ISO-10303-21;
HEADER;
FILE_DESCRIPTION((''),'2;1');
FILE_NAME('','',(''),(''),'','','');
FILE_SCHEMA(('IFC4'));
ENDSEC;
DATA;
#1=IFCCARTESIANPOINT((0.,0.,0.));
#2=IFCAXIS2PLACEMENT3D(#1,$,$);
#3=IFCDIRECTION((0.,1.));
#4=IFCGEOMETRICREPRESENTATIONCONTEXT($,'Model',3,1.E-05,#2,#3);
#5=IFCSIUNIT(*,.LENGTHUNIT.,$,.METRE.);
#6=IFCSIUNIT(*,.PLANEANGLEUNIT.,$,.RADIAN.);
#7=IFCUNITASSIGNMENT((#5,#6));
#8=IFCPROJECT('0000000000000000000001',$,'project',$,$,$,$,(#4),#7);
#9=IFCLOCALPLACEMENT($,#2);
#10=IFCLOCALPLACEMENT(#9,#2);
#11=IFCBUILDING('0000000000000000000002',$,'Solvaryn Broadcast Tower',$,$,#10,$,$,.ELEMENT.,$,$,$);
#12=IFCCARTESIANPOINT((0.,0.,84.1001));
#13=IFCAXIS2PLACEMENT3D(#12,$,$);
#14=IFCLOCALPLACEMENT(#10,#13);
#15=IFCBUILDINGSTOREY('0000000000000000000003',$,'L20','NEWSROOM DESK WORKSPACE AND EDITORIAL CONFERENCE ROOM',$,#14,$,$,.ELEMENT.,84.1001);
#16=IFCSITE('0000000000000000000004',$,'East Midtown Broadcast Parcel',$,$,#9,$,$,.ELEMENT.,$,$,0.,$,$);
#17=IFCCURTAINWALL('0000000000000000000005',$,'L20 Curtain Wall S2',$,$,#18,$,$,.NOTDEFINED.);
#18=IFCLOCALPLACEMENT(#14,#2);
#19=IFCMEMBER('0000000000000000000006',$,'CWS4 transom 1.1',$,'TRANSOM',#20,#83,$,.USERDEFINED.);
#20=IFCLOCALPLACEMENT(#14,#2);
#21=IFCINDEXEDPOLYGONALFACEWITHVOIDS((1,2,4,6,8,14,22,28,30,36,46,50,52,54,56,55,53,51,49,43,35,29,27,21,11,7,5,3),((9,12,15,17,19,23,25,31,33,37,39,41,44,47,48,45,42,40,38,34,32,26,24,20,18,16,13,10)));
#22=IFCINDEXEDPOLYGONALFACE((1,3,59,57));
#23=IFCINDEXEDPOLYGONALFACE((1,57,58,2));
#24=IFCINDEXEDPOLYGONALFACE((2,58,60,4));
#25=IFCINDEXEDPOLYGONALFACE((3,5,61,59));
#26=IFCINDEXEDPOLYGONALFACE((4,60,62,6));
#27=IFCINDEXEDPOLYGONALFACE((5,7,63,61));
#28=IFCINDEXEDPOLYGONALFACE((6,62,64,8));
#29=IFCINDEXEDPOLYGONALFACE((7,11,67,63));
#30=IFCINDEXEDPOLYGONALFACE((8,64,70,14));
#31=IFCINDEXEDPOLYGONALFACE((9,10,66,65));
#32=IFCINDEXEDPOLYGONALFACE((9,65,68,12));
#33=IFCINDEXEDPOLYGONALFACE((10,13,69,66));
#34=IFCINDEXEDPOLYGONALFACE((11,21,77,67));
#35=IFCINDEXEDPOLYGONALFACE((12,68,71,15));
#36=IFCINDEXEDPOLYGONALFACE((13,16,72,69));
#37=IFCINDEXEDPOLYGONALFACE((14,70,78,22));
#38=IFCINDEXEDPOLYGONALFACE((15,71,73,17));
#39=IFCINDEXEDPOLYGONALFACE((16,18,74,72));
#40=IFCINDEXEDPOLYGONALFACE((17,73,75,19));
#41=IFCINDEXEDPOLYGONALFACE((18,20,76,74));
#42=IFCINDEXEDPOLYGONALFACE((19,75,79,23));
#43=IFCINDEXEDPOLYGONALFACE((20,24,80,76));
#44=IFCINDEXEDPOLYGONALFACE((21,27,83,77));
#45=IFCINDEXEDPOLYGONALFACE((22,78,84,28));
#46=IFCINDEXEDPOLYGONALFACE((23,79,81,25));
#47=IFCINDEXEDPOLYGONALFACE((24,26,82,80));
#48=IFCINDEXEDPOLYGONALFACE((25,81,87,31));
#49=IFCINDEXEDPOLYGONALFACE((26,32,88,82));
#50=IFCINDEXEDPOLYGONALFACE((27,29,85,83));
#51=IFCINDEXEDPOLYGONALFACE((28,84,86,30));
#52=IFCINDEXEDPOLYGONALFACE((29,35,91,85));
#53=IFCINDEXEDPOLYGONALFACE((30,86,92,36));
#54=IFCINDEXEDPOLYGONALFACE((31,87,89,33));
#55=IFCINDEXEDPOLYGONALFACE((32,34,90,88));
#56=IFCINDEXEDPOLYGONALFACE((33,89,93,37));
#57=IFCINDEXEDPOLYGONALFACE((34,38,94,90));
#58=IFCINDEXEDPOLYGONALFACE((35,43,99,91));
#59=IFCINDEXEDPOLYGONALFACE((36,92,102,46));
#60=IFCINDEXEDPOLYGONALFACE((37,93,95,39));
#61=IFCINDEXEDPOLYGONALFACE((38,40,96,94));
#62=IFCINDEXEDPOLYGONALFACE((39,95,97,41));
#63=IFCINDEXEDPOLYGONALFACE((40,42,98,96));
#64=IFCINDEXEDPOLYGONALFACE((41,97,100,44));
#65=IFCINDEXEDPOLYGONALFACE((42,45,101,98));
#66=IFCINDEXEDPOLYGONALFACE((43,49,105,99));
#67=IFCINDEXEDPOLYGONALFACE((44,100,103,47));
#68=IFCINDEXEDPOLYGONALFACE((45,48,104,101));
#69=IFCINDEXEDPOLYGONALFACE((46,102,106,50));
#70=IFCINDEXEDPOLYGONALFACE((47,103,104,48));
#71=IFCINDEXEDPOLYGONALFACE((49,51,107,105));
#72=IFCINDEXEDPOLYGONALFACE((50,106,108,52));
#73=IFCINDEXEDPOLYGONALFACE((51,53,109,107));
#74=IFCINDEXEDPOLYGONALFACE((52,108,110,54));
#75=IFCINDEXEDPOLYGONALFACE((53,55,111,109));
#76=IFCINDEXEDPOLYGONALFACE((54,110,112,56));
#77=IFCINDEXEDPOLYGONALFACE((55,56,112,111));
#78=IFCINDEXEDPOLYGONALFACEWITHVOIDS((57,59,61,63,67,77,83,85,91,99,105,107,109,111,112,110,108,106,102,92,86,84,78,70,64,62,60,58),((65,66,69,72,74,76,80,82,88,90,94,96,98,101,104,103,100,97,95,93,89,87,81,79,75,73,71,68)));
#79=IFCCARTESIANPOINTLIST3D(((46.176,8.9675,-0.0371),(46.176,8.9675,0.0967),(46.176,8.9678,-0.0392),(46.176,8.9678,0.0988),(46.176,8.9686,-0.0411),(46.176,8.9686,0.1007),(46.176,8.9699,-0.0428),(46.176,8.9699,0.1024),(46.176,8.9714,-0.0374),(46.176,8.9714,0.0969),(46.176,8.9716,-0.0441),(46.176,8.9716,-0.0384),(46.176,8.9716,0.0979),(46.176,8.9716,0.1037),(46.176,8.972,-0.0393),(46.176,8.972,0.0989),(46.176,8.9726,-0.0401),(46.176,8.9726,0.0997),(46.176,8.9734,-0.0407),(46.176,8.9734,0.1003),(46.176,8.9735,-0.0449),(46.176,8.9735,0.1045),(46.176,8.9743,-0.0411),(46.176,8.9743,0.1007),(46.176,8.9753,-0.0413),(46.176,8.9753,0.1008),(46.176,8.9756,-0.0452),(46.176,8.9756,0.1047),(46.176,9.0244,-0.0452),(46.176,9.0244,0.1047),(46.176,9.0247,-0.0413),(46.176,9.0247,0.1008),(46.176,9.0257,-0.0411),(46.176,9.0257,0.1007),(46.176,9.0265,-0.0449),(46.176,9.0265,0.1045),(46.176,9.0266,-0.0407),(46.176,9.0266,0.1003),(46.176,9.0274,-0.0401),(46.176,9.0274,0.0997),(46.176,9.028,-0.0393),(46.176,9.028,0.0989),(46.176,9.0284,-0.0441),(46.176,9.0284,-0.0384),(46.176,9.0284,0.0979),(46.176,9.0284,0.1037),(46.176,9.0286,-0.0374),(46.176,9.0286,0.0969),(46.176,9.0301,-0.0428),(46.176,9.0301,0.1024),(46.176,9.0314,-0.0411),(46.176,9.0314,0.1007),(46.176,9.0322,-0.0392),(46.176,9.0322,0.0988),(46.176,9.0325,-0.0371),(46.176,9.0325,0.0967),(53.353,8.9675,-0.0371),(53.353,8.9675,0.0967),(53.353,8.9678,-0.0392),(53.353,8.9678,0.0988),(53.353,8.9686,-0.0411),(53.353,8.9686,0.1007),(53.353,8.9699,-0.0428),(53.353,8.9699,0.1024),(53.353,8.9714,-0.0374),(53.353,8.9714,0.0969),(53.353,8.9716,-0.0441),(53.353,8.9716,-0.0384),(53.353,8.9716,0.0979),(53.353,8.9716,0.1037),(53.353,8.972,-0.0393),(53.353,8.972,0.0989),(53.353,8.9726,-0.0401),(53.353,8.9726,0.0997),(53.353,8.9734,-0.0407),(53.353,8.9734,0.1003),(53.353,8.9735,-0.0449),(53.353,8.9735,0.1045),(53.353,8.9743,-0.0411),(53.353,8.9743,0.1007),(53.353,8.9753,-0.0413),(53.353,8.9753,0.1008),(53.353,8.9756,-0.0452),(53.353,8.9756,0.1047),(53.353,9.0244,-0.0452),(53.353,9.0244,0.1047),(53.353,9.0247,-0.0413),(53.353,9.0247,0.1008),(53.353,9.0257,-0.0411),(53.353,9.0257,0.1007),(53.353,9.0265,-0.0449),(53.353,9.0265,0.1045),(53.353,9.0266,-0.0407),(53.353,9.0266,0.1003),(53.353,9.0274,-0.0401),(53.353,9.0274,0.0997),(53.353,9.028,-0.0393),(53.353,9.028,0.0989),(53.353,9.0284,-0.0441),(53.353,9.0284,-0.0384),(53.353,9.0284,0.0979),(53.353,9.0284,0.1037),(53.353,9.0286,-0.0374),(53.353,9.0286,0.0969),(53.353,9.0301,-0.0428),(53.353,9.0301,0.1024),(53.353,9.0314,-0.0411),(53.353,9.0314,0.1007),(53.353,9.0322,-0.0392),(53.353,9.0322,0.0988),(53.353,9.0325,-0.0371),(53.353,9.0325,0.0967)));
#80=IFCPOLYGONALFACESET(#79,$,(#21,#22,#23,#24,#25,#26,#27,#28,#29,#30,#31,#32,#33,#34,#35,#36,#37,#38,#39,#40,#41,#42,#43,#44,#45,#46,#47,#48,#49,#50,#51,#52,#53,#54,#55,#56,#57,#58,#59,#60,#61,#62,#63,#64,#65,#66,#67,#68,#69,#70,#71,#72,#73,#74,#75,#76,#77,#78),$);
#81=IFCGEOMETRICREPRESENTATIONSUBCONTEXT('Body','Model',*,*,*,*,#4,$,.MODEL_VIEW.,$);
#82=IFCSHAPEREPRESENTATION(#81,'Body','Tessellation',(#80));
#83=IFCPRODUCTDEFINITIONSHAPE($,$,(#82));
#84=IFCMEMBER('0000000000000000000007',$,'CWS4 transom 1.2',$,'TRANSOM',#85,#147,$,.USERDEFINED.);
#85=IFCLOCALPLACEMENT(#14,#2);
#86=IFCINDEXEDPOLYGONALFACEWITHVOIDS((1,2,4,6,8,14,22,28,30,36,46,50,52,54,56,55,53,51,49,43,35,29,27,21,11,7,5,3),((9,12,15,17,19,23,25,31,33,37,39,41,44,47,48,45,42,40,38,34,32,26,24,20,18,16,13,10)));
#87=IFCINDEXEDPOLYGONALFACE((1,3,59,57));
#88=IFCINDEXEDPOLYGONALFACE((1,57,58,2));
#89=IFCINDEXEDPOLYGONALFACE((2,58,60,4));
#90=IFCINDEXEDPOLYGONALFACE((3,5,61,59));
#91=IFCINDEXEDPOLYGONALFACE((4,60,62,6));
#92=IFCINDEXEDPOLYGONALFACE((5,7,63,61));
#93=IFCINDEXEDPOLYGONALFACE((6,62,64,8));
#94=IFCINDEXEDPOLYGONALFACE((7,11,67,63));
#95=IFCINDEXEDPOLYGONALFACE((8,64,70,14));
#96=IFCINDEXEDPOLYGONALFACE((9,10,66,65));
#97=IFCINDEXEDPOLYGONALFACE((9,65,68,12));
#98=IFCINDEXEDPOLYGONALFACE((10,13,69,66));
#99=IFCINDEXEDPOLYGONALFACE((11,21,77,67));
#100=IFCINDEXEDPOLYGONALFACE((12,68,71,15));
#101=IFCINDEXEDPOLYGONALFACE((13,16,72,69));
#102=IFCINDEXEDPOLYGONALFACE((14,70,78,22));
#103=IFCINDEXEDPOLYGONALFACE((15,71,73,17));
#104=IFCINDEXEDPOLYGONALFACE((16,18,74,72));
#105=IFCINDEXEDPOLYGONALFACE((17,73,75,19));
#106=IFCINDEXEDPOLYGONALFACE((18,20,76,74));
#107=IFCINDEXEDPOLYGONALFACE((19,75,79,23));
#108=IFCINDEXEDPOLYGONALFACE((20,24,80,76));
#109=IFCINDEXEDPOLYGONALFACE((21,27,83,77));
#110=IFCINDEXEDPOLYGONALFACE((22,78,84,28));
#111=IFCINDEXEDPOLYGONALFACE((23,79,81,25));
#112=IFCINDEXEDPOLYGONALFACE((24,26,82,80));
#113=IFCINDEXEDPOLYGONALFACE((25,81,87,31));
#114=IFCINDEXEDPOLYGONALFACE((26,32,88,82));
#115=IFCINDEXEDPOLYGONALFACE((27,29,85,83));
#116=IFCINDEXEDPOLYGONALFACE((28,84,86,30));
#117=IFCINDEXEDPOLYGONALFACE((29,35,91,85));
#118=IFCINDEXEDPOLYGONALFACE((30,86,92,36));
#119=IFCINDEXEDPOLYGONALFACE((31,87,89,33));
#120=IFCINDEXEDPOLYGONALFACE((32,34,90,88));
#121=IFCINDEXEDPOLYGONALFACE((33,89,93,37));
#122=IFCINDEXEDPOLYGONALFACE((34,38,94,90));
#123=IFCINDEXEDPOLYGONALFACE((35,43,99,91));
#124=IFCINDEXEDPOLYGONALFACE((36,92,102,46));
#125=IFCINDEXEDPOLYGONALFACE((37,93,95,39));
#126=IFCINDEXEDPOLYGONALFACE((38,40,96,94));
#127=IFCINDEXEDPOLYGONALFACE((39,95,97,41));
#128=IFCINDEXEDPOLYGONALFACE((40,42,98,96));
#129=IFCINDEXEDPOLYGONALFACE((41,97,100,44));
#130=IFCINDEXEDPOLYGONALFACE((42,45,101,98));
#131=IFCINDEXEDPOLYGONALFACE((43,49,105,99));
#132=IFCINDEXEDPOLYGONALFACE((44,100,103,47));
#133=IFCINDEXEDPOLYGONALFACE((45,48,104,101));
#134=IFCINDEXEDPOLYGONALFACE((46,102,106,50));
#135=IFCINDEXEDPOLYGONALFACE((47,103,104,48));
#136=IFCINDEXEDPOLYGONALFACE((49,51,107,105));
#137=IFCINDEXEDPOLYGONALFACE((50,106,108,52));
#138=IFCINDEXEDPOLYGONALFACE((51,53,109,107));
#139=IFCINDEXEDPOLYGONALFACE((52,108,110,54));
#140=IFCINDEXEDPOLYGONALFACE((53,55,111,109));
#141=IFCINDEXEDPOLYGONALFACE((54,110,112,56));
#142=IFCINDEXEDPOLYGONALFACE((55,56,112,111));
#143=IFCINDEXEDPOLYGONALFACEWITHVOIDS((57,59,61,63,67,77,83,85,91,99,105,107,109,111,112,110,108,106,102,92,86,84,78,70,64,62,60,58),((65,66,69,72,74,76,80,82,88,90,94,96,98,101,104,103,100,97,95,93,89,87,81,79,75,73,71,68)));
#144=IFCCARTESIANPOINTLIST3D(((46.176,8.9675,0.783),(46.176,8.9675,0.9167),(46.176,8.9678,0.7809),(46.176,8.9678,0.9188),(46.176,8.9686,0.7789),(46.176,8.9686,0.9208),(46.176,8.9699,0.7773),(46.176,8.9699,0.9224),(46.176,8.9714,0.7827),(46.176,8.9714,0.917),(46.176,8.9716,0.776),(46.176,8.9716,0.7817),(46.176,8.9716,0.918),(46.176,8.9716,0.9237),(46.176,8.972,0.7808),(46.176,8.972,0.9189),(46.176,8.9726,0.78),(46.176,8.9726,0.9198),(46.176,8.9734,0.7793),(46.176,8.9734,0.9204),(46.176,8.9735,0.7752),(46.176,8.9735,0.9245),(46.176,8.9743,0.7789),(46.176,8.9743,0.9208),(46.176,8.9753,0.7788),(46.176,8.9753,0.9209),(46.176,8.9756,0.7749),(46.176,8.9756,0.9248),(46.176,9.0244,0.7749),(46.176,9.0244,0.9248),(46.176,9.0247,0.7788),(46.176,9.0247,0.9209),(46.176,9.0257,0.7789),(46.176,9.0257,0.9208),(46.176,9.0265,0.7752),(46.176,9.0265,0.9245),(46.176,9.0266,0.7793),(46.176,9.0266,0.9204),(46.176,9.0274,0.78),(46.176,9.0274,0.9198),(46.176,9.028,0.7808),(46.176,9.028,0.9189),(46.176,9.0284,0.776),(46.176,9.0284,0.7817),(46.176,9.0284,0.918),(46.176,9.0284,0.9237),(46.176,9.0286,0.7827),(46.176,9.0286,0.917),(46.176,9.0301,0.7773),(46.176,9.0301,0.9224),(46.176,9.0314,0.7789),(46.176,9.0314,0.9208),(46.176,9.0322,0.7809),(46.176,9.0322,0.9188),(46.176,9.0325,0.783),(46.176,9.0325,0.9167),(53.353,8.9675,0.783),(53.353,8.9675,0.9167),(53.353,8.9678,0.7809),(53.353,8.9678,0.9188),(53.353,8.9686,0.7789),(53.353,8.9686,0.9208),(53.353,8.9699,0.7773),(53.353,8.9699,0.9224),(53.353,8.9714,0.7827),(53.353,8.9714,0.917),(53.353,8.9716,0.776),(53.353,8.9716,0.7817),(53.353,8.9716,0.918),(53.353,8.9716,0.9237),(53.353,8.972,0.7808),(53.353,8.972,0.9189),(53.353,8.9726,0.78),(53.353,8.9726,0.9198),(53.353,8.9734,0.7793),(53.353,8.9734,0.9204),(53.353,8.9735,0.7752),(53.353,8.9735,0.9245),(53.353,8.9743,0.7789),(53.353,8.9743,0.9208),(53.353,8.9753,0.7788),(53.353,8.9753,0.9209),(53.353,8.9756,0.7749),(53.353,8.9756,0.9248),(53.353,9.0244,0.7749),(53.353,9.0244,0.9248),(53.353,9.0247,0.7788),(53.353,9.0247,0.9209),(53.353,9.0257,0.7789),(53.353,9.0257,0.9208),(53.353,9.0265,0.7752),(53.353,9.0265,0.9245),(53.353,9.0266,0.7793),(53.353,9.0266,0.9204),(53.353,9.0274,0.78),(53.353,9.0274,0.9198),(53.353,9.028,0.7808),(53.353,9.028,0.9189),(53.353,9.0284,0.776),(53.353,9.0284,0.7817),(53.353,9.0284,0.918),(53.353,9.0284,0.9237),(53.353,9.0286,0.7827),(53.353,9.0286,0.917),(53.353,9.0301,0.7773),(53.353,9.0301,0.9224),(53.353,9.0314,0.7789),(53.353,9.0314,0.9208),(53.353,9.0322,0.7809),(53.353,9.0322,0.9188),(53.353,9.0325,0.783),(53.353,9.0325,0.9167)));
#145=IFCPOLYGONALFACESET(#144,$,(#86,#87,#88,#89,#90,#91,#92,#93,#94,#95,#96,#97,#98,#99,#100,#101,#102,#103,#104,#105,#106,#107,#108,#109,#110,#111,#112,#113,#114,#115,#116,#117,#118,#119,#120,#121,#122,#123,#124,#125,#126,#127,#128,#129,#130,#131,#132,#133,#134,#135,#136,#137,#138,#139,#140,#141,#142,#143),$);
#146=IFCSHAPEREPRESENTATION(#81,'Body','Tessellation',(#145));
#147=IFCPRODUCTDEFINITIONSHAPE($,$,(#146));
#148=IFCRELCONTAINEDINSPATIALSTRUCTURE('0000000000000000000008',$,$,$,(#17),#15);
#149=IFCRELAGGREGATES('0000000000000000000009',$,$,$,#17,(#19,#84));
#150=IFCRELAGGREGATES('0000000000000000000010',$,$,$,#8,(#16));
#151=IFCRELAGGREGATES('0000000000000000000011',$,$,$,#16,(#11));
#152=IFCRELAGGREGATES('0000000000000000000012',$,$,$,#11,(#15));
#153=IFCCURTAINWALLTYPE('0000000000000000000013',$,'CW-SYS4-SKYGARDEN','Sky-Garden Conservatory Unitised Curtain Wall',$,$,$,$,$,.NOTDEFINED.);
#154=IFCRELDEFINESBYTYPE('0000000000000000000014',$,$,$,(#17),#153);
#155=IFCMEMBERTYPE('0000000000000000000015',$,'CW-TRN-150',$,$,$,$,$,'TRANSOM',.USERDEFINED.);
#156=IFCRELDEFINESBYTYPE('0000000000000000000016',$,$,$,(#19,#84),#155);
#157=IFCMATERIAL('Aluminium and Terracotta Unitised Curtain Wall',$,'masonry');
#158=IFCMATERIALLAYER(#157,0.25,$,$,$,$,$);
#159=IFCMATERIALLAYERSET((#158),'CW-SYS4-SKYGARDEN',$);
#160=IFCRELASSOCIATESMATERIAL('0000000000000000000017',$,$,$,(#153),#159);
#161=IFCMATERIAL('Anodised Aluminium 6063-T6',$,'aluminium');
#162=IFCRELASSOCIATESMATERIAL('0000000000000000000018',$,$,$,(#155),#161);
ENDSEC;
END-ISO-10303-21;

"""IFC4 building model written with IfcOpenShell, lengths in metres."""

from ifc_helpers import new_model, si_unit, direction, frame, origin, origin_2d, place, context, subcontext, project, spatial, hollow_rectangle, extrude, material, layer, layer_set, material_profile, profile_set, type_object, element, aggregate, save


model = new_model("IFC4")

# Units and contexts
model_context = context("Model", 3, precision=1e-05, world=origin(), true_north=direction((0.0, 1.0)))
body_context = subcontext(model_context, "Body", "Model", "MODEL_VIEW")
ifc_project = project(units=[si_unit("LENGTHUNIT", "METRE"), si_unit("PLANEANGLEUNIT", "RADIAN")], contexts=[model_context])

# Site, building, storey
site_placement = place(None, origin())
site = spatial("IfcSite", under=ifc_project, at=site_placement, Name="East Midtown Broadcast Parcel", CompositionType="ELEMENT", RefElevation=0.0)
building_placement = place(site_placement, origin())
building = spatial("IfcBuilding", under=site, at=building_placement, Name="Solvaryn Broadcast Tower", CompositionType="ELEMENT")
storey_placement = place(building_placement, frame((0.0, 0.0, 84.1001)))
storey = spatial("IfcBuildingStorey", under=building, at=storey_placement, Name="L20", Description="NEWSROOM DESK WORKSPACE AND EDITORIAL CONFERENCE ROOM", CompositionType="ELEMENT", Elevation=84.1001)

# Shared definitions
ifc_material_1 = material(Name="Aluminium and Terracotta Unitised Curtain Wall", Category="masonry")
ifc_layer_1 = layer(ifc_material_1, 0.25)
ifc_layer_set_1 = layer_set([ifc_layer_1], Name="CW-SYS4-SKYGARDEN")
curtain_wall_type = type_object("IfcCurtainWallType", Name="CW-SYS4-SKYGARDEN", Description="Sky-Garden Conservatory Unitised Curtain Wall", PredefinedType="NOTDEFINED", material=ifc_layer_set_1)

# Curtain wall, members
curtain_wall_1_placement = place(storey_placement, origin())
curtain_wall_1 = element("IfcCurtainWall", 1, at=curtain_wall_1_placement, inside=storey, type_object=curtain_wall_type, Name="L20 Curtain Wall S2", PredefinedType="NOTDEFINED")
ifc_material_2 = material(Name="Anodised Aluminium 6063-T6", Category="aluminium")
ifc_material_profile_1 = material_profile(ifc_material_2, hollow_rectangle(XDim=0.0649, YDim=0.1499, WallThickness=0.0039, InnerFilletRadius=0.0039, OuterFilletRadius=0.0081, at=origin_2d()))
ifc_profile_set_1 = profile_set([ifc_material_profile_1], Name="Anodised Aluminium 6063-T6")
member_type_1 = type_object("IfcMemberType", Name="CW-TRN-150", ElementType="TRANSOM", PredefinedType="USERDEFINED", material=ifc_profile_set_1)
member_1_placement = place(storey_placement, frame((46.176, 9.0, 0.0298), z_axis=(1.0, 0.0, 0.0), x_axis=(0.0, 1.0, 0.0)))
member_1 = element("IfcMember", 2, at=member_1_placement, type_object=member_type_1, Name="CWS4 transom 1.1", ObjectType="TRANSOM", PredefinedType="USERDEFINED", context=body_context, shape_type="SweptSolid", body=[
    extrude(hollow_rectangle(XDim=0.0649, YDim=0.1499, WallThickness=0.0039, InnerFilletRadius=0.0039, OuterFilletRadius=0.0081, at=origin_2d()), origin(), (0.0, 0.0, 1.0), 7.177),
])
member_2_placement = place(storey_placement, frame((46.176, 9.0, 0.8499), z_axis=(1.0, 0.0, 0.0), x_axis=(0.0, 1.0, 0.0)))
member_2 = element("IfcMember", 3, at=member_2_placement, type_object=member_type_1, Name="CWS4 transom 1.2", ObjectType="TRANSOM", PredefinedType="USERDEFINED", context=body_context, shape_type="SweptSolid", body=[
    extrude(hollow_rectangle(XDim=0.0649, YDim=0.1499, WallThickness=0.0039, InnerFilletRadius=0.0039, OuterFilletRadius=0.0081, at=origin_2d()), origin(), (0.0, 0.0, 1.0), 7.177),
])

aggregate(curtain_wall_1, [member_1, member_2])

save(model, "model.ifc")
